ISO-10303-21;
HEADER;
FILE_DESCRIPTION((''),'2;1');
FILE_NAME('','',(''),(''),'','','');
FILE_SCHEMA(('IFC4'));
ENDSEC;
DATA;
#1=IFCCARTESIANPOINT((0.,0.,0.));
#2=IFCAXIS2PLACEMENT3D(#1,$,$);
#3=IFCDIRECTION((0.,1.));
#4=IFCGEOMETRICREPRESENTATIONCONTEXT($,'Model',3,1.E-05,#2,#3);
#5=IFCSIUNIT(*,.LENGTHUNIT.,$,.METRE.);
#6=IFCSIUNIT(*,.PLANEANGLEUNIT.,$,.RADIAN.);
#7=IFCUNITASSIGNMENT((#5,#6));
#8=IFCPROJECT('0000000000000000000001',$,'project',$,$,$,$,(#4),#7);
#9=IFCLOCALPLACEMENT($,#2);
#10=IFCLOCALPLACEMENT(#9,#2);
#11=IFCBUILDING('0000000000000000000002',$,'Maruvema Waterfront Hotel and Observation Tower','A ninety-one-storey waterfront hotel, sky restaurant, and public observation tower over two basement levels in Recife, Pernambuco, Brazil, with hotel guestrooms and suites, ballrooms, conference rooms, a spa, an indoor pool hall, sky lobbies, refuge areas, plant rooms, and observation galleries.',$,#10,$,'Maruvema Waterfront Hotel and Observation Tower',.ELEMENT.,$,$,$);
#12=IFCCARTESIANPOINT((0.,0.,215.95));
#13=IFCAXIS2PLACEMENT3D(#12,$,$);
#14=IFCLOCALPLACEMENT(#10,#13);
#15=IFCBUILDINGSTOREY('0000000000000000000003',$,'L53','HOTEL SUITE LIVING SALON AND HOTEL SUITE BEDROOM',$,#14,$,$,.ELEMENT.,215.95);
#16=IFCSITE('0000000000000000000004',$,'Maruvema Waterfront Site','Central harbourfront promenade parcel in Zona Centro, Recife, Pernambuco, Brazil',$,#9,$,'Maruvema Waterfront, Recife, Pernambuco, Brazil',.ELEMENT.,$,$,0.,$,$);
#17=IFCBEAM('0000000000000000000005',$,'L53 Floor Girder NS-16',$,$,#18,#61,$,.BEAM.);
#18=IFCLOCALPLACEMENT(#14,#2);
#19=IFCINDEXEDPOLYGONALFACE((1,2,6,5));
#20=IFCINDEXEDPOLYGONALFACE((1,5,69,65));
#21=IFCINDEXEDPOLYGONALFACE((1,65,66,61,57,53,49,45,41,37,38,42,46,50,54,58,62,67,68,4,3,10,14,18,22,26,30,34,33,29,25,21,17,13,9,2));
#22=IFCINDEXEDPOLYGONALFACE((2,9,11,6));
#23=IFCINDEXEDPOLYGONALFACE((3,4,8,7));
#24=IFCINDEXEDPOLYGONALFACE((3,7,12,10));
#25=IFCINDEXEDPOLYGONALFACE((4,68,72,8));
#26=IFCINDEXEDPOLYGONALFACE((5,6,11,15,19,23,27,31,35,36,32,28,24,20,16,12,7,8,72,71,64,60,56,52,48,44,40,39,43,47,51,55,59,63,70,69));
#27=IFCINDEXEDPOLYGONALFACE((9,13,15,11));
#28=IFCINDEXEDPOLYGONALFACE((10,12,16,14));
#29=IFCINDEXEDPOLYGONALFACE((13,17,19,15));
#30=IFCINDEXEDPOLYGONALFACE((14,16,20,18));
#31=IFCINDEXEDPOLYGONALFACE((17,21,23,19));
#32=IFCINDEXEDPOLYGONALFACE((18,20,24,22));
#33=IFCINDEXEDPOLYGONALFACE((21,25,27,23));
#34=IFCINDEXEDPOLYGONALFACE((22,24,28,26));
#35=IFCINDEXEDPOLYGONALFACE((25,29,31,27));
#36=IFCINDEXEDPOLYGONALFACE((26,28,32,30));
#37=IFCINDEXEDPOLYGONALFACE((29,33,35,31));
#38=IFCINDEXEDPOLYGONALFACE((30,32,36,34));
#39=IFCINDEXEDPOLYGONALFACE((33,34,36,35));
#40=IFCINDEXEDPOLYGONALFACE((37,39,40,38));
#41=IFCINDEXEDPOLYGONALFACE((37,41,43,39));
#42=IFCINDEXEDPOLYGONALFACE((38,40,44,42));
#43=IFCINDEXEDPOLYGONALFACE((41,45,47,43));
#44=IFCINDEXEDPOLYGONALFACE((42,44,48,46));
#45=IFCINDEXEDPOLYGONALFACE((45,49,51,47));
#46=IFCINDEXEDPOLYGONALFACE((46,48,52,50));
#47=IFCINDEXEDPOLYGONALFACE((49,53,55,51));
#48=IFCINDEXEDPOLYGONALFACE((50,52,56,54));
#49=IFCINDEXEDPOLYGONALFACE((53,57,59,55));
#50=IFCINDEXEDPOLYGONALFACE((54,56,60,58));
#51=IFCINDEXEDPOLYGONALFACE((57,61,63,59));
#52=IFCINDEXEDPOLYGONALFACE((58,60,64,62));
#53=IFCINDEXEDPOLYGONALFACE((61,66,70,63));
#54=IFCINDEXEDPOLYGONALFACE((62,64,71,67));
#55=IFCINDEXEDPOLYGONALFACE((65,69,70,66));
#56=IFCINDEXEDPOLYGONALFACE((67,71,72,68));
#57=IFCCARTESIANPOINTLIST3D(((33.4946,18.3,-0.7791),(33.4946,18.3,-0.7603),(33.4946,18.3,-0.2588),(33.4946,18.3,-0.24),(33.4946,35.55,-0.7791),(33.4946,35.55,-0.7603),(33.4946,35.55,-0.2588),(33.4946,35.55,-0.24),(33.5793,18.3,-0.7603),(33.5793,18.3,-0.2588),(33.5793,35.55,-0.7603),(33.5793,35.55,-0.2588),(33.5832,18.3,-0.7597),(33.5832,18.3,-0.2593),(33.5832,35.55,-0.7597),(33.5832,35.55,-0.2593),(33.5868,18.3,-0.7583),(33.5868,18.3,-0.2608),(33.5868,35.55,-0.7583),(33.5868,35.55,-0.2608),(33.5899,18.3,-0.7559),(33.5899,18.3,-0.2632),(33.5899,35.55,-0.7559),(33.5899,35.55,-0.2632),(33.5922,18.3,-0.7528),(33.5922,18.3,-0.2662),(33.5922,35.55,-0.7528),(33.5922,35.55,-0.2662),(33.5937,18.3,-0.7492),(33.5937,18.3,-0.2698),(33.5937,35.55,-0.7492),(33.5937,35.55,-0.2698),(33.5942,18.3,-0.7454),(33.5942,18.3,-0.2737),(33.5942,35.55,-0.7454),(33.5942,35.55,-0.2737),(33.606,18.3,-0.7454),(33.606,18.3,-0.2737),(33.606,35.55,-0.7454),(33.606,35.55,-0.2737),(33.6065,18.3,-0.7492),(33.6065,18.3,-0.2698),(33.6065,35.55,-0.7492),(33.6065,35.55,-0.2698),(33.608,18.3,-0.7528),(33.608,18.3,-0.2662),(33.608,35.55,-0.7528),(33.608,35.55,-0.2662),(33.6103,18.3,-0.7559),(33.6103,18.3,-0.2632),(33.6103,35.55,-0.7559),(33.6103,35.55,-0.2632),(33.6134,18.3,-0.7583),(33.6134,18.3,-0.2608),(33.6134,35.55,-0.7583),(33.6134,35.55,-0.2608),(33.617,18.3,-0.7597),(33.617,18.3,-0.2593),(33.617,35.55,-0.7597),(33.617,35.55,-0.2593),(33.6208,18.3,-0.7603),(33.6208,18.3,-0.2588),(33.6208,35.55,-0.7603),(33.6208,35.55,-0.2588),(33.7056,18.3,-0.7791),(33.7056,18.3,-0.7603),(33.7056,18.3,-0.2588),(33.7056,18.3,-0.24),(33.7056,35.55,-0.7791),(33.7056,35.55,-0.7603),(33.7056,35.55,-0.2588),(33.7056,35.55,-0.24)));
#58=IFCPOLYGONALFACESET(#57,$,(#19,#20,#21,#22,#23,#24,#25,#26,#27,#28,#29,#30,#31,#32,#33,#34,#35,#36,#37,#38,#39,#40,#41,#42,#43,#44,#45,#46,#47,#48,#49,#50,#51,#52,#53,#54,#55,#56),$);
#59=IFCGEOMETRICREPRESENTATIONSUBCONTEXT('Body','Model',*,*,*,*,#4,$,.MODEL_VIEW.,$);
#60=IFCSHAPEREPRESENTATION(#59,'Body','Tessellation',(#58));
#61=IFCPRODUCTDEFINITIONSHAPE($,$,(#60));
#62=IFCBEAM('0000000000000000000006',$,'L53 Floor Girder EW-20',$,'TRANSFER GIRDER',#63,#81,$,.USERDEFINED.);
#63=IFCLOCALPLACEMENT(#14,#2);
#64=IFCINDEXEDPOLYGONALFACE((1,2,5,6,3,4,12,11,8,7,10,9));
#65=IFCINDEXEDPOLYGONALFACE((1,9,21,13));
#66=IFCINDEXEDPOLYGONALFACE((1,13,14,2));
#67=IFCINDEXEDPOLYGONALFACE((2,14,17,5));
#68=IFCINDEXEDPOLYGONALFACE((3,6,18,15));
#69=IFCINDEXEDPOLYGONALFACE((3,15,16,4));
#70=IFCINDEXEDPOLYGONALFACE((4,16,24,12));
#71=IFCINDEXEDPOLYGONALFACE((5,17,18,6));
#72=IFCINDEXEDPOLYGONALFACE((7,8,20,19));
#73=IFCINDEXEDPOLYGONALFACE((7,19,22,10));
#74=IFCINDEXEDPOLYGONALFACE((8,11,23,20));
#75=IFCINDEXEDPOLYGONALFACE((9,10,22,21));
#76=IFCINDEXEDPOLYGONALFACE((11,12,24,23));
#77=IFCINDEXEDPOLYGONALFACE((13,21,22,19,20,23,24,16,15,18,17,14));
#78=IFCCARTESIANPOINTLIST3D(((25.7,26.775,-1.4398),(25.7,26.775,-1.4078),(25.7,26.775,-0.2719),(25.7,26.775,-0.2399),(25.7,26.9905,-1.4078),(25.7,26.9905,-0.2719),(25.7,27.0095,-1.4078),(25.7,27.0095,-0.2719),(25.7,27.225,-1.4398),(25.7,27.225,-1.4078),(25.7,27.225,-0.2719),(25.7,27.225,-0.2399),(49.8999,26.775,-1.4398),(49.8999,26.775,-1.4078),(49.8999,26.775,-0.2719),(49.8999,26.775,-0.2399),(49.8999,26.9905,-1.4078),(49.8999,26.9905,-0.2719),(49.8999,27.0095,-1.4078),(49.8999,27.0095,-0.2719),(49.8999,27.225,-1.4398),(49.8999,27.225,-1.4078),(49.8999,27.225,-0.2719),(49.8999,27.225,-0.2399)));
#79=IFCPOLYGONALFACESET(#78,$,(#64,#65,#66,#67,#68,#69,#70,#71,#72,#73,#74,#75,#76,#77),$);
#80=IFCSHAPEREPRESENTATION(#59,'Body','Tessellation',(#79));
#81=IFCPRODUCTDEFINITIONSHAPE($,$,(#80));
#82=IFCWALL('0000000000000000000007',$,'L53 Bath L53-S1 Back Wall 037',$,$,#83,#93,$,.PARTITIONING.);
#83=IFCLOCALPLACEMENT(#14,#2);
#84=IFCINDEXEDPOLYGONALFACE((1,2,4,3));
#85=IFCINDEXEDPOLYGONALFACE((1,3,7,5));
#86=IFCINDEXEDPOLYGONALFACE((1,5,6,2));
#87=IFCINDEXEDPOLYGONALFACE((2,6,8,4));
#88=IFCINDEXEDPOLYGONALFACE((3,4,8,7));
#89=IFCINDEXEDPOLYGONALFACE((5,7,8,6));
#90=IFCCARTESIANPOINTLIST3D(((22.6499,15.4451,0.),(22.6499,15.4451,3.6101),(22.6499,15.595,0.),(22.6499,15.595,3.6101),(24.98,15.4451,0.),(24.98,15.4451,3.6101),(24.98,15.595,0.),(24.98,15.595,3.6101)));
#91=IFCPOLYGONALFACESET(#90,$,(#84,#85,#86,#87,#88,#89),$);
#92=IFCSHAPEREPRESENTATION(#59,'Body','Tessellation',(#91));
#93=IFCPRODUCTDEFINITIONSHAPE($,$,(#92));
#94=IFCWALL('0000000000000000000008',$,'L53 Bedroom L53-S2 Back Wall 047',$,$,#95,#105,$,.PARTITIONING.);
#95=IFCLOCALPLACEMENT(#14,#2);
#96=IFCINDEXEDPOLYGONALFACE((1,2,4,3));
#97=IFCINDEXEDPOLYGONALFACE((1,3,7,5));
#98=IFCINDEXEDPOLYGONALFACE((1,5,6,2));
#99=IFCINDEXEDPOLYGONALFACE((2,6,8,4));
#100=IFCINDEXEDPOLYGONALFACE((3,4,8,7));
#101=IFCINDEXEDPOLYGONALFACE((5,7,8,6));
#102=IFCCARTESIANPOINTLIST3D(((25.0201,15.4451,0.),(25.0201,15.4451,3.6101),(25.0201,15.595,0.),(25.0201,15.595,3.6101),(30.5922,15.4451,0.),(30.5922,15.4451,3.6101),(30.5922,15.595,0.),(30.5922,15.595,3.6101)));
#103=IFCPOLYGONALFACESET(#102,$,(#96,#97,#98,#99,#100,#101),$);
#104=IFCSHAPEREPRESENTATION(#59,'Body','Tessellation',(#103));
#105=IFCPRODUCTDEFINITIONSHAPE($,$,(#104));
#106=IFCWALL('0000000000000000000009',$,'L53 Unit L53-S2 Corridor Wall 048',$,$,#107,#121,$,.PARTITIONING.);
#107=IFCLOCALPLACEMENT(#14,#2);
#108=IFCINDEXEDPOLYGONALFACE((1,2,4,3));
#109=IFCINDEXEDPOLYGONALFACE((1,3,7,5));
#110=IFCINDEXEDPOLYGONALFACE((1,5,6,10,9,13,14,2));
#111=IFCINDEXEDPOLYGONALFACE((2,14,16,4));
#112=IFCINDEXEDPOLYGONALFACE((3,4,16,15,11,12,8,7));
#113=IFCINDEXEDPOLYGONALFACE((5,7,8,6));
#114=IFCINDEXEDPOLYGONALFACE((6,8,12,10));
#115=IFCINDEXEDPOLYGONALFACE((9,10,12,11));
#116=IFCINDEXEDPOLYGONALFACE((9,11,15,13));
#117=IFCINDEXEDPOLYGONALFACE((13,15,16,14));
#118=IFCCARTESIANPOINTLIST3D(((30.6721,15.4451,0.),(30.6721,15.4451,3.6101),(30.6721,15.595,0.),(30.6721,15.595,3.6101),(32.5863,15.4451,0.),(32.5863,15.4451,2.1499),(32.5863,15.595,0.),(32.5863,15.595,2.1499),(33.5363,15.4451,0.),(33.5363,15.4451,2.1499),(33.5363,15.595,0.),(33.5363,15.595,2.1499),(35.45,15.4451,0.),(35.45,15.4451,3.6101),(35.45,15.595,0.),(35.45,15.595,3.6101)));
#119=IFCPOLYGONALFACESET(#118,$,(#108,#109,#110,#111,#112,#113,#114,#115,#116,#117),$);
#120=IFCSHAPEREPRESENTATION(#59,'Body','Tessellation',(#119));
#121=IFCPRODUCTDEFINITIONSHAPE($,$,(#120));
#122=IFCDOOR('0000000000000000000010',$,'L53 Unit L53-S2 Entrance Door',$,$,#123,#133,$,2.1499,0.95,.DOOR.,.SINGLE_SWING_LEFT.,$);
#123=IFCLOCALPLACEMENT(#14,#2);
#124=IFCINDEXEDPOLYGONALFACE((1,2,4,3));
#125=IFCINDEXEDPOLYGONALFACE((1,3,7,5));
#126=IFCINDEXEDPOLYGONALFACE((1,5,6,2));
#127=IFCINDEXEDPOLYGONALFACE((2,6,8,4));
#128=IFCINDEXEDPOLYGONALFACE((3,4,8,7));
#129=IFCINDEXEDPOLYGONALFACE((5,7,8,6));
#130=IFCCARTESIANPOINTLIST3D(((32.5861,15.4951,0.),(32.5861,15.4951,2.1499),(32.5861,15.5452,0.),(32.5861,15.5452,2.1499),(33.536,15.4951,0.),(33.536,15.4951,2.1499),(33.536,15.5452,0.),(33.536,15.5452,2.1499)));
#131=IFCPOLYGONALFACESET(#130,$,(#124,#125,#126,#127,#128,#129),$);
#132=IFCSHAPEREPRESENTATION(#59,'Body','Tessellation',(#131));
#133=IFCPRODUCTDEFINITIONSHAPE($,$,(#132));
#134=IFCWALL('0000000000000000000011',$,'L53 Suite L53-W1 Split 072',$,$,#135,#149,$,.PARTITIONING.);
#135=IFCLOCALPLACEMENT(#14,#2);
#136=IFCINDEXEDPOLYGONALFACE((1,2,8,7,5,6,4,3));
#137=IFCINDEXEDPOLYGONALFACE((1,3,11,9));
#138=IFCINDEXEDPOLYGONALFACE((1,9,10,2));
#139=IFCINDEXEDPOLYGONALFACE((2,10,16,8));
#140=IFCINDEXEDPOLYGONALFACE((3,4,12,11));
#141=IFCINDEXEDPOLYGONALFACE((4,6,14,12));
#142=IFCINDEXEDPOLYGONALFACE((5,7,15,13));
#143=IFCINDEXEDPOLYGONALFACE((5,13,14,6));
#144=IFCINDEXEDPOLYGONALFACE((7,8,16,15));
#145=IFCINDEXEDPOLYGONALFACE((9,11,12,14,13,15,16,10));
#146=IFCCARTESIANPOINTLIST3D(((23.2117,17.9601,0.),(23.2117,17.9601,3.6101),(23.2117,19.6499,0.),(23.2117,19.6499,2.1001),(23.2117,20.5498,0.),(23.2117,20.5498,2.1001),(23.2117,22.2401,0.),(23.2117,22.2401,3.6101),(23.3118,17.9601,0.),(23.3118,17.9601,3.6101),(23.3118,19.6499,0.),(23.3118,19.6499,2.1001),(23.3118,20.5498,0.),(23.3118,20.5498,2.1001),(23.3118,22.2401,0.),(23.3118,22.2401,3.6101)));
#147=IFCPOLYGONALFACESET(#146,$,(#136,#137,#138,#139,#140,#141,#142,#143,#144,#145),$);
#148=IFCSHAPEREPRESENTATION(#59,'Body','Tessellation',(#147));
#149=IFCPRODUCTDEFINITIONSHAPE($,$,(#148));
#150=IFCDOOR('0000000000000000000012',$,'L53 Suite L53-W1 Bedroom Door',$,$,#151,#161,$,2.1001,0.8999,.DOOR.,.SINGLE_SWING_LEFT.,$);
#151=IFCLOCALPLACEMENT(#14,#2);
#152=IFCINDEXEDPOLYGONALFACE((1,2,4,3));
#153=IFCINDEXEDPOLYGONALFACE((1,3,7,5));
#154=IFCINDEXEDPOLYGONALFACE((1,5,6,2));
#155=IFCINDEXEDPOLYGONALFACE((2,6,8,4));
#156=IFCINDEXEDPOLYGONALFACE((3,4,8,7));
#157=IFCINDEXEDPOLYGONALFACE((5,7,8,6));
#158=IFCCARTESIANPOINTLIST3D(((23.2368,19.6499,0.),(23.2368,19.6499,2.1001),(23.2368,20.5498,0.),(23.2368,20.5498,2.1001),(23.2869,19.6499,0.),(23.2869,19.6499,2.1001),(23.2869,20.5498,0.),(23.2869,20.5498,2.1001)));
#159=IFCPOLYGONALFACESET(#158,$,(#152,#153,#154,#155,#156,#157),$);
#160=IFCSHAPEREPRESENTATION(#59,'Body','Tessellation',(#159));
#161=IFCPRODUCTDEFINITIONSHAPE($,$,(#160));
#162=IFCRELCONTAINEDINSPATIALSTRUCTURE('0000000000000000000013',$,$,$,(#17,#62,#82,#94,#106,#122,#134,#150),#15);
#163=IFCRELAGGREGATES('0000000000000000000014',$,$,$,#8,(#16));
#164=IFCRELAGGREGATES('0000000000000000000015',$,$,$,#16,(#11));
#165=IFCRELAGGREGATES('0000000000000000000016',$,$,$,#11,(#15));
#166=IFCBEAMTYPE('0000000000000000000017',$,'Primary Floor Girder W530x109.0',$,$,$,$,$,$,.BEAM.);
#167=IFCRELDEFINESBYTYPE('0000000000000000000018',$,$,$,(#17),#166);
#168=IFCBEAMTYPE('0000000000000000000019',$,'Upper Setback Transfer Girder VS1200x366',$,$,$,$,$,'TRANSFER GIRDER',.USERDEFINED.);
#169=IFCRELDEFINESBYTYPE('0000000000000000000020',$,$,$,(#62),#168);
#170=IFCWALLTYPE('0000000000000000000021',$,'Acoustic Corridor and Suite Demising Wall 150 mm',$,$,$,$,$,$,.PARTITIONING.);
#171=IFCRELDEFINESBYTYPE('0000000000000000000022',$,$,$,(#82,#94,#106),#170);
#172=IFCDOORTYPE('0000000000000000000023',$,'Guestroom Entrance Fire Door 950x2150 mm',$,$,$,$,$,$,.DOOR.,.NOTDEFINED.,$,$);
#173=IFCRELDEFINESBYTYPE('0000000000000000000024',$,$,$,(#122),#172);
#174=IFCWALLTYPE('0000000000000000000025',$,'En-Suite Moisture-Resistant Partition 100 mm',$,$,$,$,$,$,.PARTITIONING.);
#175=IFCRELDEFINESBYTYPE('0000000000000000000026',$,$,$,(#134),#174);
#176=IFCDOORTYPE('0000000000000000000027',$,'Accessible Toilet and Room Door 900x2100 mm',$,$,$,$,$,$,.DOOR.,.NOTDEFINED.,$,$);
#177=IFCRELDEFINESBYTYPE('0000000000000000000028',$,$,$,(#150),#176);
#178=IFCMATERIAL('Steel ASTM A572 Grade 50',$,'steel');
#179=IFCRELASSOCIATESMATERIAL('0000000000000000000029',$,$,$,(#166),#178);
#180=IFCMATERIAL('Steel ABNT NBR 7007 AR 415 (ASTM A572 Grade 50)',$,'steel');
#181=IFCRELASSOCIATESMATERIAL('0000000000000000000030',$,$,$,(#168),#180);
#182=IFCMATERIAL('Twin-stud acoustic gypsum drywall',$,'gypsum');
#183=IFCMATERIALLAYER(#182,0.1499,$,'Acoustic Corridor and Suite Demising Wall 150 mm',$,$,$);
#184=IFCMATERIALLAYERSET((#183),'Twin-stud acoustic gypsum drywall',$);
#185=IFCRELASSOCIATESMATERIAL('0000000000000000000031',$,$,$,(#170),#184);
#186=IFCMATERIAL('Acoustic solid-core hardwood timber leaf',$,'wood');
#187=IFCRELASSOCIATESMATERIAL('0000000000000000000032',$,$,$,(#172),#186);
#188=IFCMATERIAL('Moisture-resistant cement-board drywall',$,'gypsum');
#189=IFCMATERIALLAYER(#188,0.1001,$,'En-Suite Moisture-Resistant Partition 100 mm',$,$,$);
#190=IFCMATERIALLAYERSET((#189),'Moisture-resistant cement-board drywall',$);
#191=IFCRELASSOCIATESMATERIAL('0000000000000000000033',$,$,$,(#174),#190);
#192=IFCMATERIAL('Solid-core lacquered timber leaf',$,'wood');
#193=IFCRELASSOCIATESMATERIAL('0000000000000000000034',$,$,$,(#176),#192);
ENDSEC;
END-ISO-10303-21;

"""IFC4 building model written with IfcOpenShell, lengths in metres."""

from ifc_helpers import new_model, si_unit, direction, frame, frame_2d, origin, origin_2d, place, context, subcontext, project, spatial, rectangle, i_section, extrude, material, layer, layer_set, material_profile, profile_set, type_object, element, fill, save


model = new_model("IFC4")

# Units and contexts
model_context = context("Model", 3, precision=1e-05, world=origin(), true_north=direction((0.0, 1.0)))
body_context = subcontext(model_context, "Body", "Model", "MODEL_VIEW")
ifc_project = project(units=[si_unit("LENGTHUNIT", "METRE"), si_unit("PLANEANGLEUNIT", "RADIAN")], contexts=[model_context])

# Site, building, storey
site_placement = place(None, origin())
site = spatial("IfcSite", under=ifc_project, at=site_placement, Name="Maruvema Waterfront Site", Description="Central harbourfront promenade parcel in Zona Centro, Recife, Pernambuco, Brazil", LongName="Maruvema Waterfront, Recife, Pernambuco, Brazil", CompositionType="ELEMENT", RefElevation=0.0)
building_placement = place(site_placement, origin())
building = spatial("IfcBuilding", under=site, at=building_placement, Name="Maruvema Waterfront Hotel and Observation Tower", Description="A ninety-one-storey waterfront hotel, sky restaurant, and public observation tower over two basement levels in Recife, Pernambuco, Brazil, with hotel guestrooms and suites, ballrooms, conference rooms, a spa, an indoor pool hall, sky lobbies, refuge areas, plant rooms, and observation galleries.", LongName="Maruvema Waterfront Hotel and Observation Tower", CompositionType="ELEMENT")
storey_placement = place(building_placement, frame((0.0, 0.0, 215.95)))
storey = spatial("IfcBuildingStorey", under=building, at=storey_placement, Name="L53", Description="HOTEL SUITE LIVING SALON AND HOTEL SUITE BEDROOM", CompositionType="ELEMENT", Elevation=215.95)

# Beams
ifc_material_1 = material(Name="Steel ASTM A572 Grade 50", Category="steel")
ifc_material_profile_1 = material_profile(ifc_material_1, i_section(OverallWidth=0.2109, OverallDepth=0.5391, WebThickness=0.0117, FlangeThickness=0.0188, FilletRadius=0.0149, at=origin_2d()), Name="W530x109.0")
ifc_profile_set_1 = profile_set([ifc_material_profile_1], Name="Steel ASTM A572 Grade 50")
beam_type_1 = type_object("IfcBeamType", Name="Primary Floor Girder W530x109.0", PredefinedType="BEAM", material=ifc_profile_set_1)
beam_1_placement = place(storey_placement, frame((33.6001, 18.3, -0.5095), z_axis=(0.0, 1.0, 0.0), x_axis=(-1.0, 0.0, 0.0)))
element("IfcBeam", 1, at=beam_1_placement, inside=storey, type_object=beam_type_1, Name="L53 Floor Girder NS-16", PredefinedType="BEAM", context=body_context, shape_type="SweptSolid", body=[
    extrude(i_section(OverallWidth=0.2109, OverallDepth=0.5391, WebThickness=0.0117, FlangeThickness=0.0188, FilletRadius=0.0149, at=origin_2d()), origin(), (0.0, 0.0, 1.0), 17.25),
])
ifc_material_2 = material(Name="Steel ABNT NBR 7007 AR 415 (ASTM A572 Grade 50)", Category="steel")
ifc_material_profile_2 = material_profile(ifc_material_2, i_section(OverallWidth=0.45, OverallDepth=1.2, WebThickness=0.019, FlangeThickness=0.032, at=origin_2d()), Name="VS1200x366")
ifc_profile_set_2 = profile_set([ifc_material_profile_2], Name="Steel ABNT NBR 7007 AR 415 (ASTM A572 Grade 50)")
beam_type_2 = type_object("IfcBeamType", Name="Upper Setback Transfer Girder VS1200x366", ElementType="TRANSFER GIRDER", PredefinedType="USERDEFINED", material=ifc_profile_set_2)
beam_2_placement = place(storey_placement, frame((25.7, 27.0, -0.8398), z_axis=(1.0, 0.0, 0.0), x_axis=(0.0, 1.0, 0.0)))
element("IfcBeam", 2, at=beam_2_placement, inside=storey, type_object=beam_type_2, Name="L53 Floor Girder EW-20", ObjectType="TRANSFER GIRDER", PredefinedType="USERDEFINED", context=body_context, shape_type="SweptSolid", body=[
    extrude(i_section(OverallWidth=0.45, OverallDepth=1.2, WebThickness=0.019, FlangeThickness=0.032, at=origin_2d()), origin(), (0.0, 0.0, 1.0), 24.2),
])

# Walls
ifc_material_3 = material(Name="Twin-stud acoustic gypsum drywall", Category="gypsum")
ifc_layer_1 = layer(ifc_material_3, 0.1499, Name="Acoustic Corridor and Suite Demising Wall 150 mm")
ifc_layer_set_1 = layer_set([ifc_layer_1], Name="Twin-stud acoustic gypsum drywall")
wall_type_1 = type_object("IfcWallType", Name="Acoustic Corridor and Suite Demising Wall 150 mm", PredefinedType="PARTITIONING", material=ifc_layer_set_1)
wall_1_placement = place(storey_placement, frame((22.6499, 15.52, 0.0), z_axis=(0.0, 0.0, 1.0), x_axis=(1.0, 0.0, 0.0)))
element("IfcWall", 3, at=wall_1_placement, inside=storey, type_object=wall_type_1, Name="L53 Bath L53-S1 Back Wall 037", PredefinedType="PARTITIONING", context=body_context, shape_type="SweptSolid", body=[
    extrude(rectangle(XDim=2.3301, YDim=0.1499, at=frame_2d((1.165, 0.0))), origin(), (0.0, 0.0, 1.0), 3.6101),
])
wall_2_placement = place(storey_placement, frame((25.02, 15.52, 0.0), z_axis=(0.0, 0.0, 1.0), x_axis=(1.0, 0.0, 0.0)))
element("IfcWall", 4, at=wall_2_placement, inside=storey, type_object=wall_type_1, Name="L53 Bedroom L53-S2 Back Wall 047", PredefinedType="PARTITIONING", context=body_context, shape_type="SweptSolid", body=[
    extrude(rectangle(XDim=5.572, YDim=0.1499, at=frame_2d((2.7861, 0.0))), origin(), (0.0, 0.0, 1.0), 3.6101),
])

# Walls, openings, doors
wall_3_placement = place(storey_placement, frame((30.6721, 15.52, 0.0), z_axis=(0.0, 0.0, 1.0), x_axis=(1.0, 0.0, 0.0)))
wall_3 = element("IfcWall", 5, at=wall_3_placement, inside=storey, type_object=wall_type_1, Name="L53 Unit L53-S2 Corridor Wall 048", PredefinedType="PARTITIONING", context=body_context, shape_type="SweptSolid", body=[
    extrude(rectangle(XDim=4.7778, YDim=0.1499, at=frame_2d((2.3889, 0.0))), origin(), (0.0, 0.0, 1.0), 3.6101),
])
opening_1_placement = place(wall_3_placement, frame((1.9141, 0.0, 0.0)))
opening_1 = element("IfcOpeningElement", 6, at=opening_1_placement, cuts=wall_3, PredefinedType="OPENING", context=body_context, shape_type="SweptSolid", body=[
    extrude(rectangle(XDim=0.95, YDim=2.1499, at=frame_2d((0.4751, 1.075))), frame((0.0, 0.085, 0.0), z_axis=(0.0, -1.0, 0.0), x_axis=(1.0, 0.0, 0.0)), (0.0, 0.0, 1.0), 0.1699),
])
ifc_material_4 = material(Name="Acoustic solid-core hardwood timber leaf", Category="wood")
door_type_1 = type_object("IfcDoorType", Name="Guestroom Entrance Fire Door 950x2150 mm", OperationType="NOTDEFINED", PredefinedType="DOOR", material=ifc_material_4)
door_1_placement = place(opening_1_placement, frame((0.95, 0.0, 0.0), z_axis=(0.0, 0.0, 1.0), x_axis=(-1.0, 0.0, 0.0)))
door_1 = element("IfcDoor", 7, at=door_1_placement, inside=storey, type_object=door_type_1, Name="L53 Unit L53-S2 Entrance Door", OperationType="SINGLE_SWING_LEFT", OverallHeight=2.1499, OverallWidth=0.95, PredefinedType="DOOR", context=body_context, shape_type="SweptSolid", body=[
    extrude(rectangle(XDim=0.95, YDim=2.1499, at=frame_2d((0.4751, 1.075))), frame((0.0, 0.0249, 0.0), z_axis=(0.0, -1.0, 0.0), x_axis=(1.0, 0.0, 0.0)), (0.0, 0.0, 1.0), 0.05),
])
fill(opening_1, door_1)
ifc_material_5 = material(Name="Moisture-resistant cement-board drywall", Category="gypsum")
ifc_layer_2 = layer(ifc_material_5, 0.1001, Name="En-Suite Moisture-Resistant Partition 100 mm")
ifc_layer_set_2 = layer_set([ifc_layer_2], Name="Moisture-resistant cement-board drywall")
wall_type_2 = type_object("IfcWallType", Name="En-Suite Moisture-Resistant Partition 100 mm", PredefinedType="PARTITIONING", material=ifc_layer_set_2)
wall_4_placement = place(storey_placement, frame((23.2617, 17.96, 0.0), z_axis=(0.0, 0.0, 1.0), x_axis=(0.0, 1.0, 0.0)))
wall_4 = element("IfcWall", 8, at=wall_4_placement, inside=storey, type_object=wall_type_2, Name="L53 Suite L53-W1 Split 072", PredefinedType="PARTITIONING", context=body_context, shape_type="SweptSolid", body=[
    extrude(rectangle(XDim=4.28, YDim=0.1001, at=frame_2d((2.1401, 0.0))), origin(), (0.0, 0.0, 1.0), 3.6101),
])
opening_2_placement = place(wall_4_placement, frame((1.6899, 0.0, 0.0)))
opening_2 = element("IfcOpeningElement", 9, at=opening_2_placement, cuts=wall_4, PredefinedType="OPENING", context=body_context, shape_type="SweptSolid", body=[
    extrude(rectangle(XDim=0.8999, YDim=2.1001, at=frame_2d((0.45, 1.05))), frame((0.0, 0.0601, 0.0), z_axis=(0.0, -1.0, 0.0), x_axis=(1.0, 0.0, 0.0)), (0.0, 0.0, 1.0), 0.1201),
])
ifc_material_6 = material(Name="Solid-core lacquered timber leaf", Category="wood")
door_type_2 = type_object("IfcDoorType", Name="Accessible Toilet and Room Door 900x2100 mm", OperationType="NOTDEFINED", PredefinedType="DOOR", material=ifc_material_6)
door_2_placement = place(opening_2_placement, origin())
door_2 = element("IfcDoor", 10, at=door_2_placement, inside=storey, type_object=door_type_2, Name="L53 Suite L53-W1 Bedroom Door", OperationType="SINGLE_SWING_LEFT", OverallHeight=2.1001, OverallWidth=0.8999, PredefinedType="DOOR", context=body_context, shape_type="SweptSolid", body=[
    extrude(rectangle(XDim=0.8999, YDim=2.1001, at=frame_2d((0.45, 1.05))), frame((0.0, 0.0249, 0.0), z_axis=(0.0, -1.0, 0.0), x_axis=(1.0, 0.0, 0.0)), (0.0, 0.0, 1.0), 0.05),
])
fill(opening_2, door_2)

save(model, "model.ifc")
